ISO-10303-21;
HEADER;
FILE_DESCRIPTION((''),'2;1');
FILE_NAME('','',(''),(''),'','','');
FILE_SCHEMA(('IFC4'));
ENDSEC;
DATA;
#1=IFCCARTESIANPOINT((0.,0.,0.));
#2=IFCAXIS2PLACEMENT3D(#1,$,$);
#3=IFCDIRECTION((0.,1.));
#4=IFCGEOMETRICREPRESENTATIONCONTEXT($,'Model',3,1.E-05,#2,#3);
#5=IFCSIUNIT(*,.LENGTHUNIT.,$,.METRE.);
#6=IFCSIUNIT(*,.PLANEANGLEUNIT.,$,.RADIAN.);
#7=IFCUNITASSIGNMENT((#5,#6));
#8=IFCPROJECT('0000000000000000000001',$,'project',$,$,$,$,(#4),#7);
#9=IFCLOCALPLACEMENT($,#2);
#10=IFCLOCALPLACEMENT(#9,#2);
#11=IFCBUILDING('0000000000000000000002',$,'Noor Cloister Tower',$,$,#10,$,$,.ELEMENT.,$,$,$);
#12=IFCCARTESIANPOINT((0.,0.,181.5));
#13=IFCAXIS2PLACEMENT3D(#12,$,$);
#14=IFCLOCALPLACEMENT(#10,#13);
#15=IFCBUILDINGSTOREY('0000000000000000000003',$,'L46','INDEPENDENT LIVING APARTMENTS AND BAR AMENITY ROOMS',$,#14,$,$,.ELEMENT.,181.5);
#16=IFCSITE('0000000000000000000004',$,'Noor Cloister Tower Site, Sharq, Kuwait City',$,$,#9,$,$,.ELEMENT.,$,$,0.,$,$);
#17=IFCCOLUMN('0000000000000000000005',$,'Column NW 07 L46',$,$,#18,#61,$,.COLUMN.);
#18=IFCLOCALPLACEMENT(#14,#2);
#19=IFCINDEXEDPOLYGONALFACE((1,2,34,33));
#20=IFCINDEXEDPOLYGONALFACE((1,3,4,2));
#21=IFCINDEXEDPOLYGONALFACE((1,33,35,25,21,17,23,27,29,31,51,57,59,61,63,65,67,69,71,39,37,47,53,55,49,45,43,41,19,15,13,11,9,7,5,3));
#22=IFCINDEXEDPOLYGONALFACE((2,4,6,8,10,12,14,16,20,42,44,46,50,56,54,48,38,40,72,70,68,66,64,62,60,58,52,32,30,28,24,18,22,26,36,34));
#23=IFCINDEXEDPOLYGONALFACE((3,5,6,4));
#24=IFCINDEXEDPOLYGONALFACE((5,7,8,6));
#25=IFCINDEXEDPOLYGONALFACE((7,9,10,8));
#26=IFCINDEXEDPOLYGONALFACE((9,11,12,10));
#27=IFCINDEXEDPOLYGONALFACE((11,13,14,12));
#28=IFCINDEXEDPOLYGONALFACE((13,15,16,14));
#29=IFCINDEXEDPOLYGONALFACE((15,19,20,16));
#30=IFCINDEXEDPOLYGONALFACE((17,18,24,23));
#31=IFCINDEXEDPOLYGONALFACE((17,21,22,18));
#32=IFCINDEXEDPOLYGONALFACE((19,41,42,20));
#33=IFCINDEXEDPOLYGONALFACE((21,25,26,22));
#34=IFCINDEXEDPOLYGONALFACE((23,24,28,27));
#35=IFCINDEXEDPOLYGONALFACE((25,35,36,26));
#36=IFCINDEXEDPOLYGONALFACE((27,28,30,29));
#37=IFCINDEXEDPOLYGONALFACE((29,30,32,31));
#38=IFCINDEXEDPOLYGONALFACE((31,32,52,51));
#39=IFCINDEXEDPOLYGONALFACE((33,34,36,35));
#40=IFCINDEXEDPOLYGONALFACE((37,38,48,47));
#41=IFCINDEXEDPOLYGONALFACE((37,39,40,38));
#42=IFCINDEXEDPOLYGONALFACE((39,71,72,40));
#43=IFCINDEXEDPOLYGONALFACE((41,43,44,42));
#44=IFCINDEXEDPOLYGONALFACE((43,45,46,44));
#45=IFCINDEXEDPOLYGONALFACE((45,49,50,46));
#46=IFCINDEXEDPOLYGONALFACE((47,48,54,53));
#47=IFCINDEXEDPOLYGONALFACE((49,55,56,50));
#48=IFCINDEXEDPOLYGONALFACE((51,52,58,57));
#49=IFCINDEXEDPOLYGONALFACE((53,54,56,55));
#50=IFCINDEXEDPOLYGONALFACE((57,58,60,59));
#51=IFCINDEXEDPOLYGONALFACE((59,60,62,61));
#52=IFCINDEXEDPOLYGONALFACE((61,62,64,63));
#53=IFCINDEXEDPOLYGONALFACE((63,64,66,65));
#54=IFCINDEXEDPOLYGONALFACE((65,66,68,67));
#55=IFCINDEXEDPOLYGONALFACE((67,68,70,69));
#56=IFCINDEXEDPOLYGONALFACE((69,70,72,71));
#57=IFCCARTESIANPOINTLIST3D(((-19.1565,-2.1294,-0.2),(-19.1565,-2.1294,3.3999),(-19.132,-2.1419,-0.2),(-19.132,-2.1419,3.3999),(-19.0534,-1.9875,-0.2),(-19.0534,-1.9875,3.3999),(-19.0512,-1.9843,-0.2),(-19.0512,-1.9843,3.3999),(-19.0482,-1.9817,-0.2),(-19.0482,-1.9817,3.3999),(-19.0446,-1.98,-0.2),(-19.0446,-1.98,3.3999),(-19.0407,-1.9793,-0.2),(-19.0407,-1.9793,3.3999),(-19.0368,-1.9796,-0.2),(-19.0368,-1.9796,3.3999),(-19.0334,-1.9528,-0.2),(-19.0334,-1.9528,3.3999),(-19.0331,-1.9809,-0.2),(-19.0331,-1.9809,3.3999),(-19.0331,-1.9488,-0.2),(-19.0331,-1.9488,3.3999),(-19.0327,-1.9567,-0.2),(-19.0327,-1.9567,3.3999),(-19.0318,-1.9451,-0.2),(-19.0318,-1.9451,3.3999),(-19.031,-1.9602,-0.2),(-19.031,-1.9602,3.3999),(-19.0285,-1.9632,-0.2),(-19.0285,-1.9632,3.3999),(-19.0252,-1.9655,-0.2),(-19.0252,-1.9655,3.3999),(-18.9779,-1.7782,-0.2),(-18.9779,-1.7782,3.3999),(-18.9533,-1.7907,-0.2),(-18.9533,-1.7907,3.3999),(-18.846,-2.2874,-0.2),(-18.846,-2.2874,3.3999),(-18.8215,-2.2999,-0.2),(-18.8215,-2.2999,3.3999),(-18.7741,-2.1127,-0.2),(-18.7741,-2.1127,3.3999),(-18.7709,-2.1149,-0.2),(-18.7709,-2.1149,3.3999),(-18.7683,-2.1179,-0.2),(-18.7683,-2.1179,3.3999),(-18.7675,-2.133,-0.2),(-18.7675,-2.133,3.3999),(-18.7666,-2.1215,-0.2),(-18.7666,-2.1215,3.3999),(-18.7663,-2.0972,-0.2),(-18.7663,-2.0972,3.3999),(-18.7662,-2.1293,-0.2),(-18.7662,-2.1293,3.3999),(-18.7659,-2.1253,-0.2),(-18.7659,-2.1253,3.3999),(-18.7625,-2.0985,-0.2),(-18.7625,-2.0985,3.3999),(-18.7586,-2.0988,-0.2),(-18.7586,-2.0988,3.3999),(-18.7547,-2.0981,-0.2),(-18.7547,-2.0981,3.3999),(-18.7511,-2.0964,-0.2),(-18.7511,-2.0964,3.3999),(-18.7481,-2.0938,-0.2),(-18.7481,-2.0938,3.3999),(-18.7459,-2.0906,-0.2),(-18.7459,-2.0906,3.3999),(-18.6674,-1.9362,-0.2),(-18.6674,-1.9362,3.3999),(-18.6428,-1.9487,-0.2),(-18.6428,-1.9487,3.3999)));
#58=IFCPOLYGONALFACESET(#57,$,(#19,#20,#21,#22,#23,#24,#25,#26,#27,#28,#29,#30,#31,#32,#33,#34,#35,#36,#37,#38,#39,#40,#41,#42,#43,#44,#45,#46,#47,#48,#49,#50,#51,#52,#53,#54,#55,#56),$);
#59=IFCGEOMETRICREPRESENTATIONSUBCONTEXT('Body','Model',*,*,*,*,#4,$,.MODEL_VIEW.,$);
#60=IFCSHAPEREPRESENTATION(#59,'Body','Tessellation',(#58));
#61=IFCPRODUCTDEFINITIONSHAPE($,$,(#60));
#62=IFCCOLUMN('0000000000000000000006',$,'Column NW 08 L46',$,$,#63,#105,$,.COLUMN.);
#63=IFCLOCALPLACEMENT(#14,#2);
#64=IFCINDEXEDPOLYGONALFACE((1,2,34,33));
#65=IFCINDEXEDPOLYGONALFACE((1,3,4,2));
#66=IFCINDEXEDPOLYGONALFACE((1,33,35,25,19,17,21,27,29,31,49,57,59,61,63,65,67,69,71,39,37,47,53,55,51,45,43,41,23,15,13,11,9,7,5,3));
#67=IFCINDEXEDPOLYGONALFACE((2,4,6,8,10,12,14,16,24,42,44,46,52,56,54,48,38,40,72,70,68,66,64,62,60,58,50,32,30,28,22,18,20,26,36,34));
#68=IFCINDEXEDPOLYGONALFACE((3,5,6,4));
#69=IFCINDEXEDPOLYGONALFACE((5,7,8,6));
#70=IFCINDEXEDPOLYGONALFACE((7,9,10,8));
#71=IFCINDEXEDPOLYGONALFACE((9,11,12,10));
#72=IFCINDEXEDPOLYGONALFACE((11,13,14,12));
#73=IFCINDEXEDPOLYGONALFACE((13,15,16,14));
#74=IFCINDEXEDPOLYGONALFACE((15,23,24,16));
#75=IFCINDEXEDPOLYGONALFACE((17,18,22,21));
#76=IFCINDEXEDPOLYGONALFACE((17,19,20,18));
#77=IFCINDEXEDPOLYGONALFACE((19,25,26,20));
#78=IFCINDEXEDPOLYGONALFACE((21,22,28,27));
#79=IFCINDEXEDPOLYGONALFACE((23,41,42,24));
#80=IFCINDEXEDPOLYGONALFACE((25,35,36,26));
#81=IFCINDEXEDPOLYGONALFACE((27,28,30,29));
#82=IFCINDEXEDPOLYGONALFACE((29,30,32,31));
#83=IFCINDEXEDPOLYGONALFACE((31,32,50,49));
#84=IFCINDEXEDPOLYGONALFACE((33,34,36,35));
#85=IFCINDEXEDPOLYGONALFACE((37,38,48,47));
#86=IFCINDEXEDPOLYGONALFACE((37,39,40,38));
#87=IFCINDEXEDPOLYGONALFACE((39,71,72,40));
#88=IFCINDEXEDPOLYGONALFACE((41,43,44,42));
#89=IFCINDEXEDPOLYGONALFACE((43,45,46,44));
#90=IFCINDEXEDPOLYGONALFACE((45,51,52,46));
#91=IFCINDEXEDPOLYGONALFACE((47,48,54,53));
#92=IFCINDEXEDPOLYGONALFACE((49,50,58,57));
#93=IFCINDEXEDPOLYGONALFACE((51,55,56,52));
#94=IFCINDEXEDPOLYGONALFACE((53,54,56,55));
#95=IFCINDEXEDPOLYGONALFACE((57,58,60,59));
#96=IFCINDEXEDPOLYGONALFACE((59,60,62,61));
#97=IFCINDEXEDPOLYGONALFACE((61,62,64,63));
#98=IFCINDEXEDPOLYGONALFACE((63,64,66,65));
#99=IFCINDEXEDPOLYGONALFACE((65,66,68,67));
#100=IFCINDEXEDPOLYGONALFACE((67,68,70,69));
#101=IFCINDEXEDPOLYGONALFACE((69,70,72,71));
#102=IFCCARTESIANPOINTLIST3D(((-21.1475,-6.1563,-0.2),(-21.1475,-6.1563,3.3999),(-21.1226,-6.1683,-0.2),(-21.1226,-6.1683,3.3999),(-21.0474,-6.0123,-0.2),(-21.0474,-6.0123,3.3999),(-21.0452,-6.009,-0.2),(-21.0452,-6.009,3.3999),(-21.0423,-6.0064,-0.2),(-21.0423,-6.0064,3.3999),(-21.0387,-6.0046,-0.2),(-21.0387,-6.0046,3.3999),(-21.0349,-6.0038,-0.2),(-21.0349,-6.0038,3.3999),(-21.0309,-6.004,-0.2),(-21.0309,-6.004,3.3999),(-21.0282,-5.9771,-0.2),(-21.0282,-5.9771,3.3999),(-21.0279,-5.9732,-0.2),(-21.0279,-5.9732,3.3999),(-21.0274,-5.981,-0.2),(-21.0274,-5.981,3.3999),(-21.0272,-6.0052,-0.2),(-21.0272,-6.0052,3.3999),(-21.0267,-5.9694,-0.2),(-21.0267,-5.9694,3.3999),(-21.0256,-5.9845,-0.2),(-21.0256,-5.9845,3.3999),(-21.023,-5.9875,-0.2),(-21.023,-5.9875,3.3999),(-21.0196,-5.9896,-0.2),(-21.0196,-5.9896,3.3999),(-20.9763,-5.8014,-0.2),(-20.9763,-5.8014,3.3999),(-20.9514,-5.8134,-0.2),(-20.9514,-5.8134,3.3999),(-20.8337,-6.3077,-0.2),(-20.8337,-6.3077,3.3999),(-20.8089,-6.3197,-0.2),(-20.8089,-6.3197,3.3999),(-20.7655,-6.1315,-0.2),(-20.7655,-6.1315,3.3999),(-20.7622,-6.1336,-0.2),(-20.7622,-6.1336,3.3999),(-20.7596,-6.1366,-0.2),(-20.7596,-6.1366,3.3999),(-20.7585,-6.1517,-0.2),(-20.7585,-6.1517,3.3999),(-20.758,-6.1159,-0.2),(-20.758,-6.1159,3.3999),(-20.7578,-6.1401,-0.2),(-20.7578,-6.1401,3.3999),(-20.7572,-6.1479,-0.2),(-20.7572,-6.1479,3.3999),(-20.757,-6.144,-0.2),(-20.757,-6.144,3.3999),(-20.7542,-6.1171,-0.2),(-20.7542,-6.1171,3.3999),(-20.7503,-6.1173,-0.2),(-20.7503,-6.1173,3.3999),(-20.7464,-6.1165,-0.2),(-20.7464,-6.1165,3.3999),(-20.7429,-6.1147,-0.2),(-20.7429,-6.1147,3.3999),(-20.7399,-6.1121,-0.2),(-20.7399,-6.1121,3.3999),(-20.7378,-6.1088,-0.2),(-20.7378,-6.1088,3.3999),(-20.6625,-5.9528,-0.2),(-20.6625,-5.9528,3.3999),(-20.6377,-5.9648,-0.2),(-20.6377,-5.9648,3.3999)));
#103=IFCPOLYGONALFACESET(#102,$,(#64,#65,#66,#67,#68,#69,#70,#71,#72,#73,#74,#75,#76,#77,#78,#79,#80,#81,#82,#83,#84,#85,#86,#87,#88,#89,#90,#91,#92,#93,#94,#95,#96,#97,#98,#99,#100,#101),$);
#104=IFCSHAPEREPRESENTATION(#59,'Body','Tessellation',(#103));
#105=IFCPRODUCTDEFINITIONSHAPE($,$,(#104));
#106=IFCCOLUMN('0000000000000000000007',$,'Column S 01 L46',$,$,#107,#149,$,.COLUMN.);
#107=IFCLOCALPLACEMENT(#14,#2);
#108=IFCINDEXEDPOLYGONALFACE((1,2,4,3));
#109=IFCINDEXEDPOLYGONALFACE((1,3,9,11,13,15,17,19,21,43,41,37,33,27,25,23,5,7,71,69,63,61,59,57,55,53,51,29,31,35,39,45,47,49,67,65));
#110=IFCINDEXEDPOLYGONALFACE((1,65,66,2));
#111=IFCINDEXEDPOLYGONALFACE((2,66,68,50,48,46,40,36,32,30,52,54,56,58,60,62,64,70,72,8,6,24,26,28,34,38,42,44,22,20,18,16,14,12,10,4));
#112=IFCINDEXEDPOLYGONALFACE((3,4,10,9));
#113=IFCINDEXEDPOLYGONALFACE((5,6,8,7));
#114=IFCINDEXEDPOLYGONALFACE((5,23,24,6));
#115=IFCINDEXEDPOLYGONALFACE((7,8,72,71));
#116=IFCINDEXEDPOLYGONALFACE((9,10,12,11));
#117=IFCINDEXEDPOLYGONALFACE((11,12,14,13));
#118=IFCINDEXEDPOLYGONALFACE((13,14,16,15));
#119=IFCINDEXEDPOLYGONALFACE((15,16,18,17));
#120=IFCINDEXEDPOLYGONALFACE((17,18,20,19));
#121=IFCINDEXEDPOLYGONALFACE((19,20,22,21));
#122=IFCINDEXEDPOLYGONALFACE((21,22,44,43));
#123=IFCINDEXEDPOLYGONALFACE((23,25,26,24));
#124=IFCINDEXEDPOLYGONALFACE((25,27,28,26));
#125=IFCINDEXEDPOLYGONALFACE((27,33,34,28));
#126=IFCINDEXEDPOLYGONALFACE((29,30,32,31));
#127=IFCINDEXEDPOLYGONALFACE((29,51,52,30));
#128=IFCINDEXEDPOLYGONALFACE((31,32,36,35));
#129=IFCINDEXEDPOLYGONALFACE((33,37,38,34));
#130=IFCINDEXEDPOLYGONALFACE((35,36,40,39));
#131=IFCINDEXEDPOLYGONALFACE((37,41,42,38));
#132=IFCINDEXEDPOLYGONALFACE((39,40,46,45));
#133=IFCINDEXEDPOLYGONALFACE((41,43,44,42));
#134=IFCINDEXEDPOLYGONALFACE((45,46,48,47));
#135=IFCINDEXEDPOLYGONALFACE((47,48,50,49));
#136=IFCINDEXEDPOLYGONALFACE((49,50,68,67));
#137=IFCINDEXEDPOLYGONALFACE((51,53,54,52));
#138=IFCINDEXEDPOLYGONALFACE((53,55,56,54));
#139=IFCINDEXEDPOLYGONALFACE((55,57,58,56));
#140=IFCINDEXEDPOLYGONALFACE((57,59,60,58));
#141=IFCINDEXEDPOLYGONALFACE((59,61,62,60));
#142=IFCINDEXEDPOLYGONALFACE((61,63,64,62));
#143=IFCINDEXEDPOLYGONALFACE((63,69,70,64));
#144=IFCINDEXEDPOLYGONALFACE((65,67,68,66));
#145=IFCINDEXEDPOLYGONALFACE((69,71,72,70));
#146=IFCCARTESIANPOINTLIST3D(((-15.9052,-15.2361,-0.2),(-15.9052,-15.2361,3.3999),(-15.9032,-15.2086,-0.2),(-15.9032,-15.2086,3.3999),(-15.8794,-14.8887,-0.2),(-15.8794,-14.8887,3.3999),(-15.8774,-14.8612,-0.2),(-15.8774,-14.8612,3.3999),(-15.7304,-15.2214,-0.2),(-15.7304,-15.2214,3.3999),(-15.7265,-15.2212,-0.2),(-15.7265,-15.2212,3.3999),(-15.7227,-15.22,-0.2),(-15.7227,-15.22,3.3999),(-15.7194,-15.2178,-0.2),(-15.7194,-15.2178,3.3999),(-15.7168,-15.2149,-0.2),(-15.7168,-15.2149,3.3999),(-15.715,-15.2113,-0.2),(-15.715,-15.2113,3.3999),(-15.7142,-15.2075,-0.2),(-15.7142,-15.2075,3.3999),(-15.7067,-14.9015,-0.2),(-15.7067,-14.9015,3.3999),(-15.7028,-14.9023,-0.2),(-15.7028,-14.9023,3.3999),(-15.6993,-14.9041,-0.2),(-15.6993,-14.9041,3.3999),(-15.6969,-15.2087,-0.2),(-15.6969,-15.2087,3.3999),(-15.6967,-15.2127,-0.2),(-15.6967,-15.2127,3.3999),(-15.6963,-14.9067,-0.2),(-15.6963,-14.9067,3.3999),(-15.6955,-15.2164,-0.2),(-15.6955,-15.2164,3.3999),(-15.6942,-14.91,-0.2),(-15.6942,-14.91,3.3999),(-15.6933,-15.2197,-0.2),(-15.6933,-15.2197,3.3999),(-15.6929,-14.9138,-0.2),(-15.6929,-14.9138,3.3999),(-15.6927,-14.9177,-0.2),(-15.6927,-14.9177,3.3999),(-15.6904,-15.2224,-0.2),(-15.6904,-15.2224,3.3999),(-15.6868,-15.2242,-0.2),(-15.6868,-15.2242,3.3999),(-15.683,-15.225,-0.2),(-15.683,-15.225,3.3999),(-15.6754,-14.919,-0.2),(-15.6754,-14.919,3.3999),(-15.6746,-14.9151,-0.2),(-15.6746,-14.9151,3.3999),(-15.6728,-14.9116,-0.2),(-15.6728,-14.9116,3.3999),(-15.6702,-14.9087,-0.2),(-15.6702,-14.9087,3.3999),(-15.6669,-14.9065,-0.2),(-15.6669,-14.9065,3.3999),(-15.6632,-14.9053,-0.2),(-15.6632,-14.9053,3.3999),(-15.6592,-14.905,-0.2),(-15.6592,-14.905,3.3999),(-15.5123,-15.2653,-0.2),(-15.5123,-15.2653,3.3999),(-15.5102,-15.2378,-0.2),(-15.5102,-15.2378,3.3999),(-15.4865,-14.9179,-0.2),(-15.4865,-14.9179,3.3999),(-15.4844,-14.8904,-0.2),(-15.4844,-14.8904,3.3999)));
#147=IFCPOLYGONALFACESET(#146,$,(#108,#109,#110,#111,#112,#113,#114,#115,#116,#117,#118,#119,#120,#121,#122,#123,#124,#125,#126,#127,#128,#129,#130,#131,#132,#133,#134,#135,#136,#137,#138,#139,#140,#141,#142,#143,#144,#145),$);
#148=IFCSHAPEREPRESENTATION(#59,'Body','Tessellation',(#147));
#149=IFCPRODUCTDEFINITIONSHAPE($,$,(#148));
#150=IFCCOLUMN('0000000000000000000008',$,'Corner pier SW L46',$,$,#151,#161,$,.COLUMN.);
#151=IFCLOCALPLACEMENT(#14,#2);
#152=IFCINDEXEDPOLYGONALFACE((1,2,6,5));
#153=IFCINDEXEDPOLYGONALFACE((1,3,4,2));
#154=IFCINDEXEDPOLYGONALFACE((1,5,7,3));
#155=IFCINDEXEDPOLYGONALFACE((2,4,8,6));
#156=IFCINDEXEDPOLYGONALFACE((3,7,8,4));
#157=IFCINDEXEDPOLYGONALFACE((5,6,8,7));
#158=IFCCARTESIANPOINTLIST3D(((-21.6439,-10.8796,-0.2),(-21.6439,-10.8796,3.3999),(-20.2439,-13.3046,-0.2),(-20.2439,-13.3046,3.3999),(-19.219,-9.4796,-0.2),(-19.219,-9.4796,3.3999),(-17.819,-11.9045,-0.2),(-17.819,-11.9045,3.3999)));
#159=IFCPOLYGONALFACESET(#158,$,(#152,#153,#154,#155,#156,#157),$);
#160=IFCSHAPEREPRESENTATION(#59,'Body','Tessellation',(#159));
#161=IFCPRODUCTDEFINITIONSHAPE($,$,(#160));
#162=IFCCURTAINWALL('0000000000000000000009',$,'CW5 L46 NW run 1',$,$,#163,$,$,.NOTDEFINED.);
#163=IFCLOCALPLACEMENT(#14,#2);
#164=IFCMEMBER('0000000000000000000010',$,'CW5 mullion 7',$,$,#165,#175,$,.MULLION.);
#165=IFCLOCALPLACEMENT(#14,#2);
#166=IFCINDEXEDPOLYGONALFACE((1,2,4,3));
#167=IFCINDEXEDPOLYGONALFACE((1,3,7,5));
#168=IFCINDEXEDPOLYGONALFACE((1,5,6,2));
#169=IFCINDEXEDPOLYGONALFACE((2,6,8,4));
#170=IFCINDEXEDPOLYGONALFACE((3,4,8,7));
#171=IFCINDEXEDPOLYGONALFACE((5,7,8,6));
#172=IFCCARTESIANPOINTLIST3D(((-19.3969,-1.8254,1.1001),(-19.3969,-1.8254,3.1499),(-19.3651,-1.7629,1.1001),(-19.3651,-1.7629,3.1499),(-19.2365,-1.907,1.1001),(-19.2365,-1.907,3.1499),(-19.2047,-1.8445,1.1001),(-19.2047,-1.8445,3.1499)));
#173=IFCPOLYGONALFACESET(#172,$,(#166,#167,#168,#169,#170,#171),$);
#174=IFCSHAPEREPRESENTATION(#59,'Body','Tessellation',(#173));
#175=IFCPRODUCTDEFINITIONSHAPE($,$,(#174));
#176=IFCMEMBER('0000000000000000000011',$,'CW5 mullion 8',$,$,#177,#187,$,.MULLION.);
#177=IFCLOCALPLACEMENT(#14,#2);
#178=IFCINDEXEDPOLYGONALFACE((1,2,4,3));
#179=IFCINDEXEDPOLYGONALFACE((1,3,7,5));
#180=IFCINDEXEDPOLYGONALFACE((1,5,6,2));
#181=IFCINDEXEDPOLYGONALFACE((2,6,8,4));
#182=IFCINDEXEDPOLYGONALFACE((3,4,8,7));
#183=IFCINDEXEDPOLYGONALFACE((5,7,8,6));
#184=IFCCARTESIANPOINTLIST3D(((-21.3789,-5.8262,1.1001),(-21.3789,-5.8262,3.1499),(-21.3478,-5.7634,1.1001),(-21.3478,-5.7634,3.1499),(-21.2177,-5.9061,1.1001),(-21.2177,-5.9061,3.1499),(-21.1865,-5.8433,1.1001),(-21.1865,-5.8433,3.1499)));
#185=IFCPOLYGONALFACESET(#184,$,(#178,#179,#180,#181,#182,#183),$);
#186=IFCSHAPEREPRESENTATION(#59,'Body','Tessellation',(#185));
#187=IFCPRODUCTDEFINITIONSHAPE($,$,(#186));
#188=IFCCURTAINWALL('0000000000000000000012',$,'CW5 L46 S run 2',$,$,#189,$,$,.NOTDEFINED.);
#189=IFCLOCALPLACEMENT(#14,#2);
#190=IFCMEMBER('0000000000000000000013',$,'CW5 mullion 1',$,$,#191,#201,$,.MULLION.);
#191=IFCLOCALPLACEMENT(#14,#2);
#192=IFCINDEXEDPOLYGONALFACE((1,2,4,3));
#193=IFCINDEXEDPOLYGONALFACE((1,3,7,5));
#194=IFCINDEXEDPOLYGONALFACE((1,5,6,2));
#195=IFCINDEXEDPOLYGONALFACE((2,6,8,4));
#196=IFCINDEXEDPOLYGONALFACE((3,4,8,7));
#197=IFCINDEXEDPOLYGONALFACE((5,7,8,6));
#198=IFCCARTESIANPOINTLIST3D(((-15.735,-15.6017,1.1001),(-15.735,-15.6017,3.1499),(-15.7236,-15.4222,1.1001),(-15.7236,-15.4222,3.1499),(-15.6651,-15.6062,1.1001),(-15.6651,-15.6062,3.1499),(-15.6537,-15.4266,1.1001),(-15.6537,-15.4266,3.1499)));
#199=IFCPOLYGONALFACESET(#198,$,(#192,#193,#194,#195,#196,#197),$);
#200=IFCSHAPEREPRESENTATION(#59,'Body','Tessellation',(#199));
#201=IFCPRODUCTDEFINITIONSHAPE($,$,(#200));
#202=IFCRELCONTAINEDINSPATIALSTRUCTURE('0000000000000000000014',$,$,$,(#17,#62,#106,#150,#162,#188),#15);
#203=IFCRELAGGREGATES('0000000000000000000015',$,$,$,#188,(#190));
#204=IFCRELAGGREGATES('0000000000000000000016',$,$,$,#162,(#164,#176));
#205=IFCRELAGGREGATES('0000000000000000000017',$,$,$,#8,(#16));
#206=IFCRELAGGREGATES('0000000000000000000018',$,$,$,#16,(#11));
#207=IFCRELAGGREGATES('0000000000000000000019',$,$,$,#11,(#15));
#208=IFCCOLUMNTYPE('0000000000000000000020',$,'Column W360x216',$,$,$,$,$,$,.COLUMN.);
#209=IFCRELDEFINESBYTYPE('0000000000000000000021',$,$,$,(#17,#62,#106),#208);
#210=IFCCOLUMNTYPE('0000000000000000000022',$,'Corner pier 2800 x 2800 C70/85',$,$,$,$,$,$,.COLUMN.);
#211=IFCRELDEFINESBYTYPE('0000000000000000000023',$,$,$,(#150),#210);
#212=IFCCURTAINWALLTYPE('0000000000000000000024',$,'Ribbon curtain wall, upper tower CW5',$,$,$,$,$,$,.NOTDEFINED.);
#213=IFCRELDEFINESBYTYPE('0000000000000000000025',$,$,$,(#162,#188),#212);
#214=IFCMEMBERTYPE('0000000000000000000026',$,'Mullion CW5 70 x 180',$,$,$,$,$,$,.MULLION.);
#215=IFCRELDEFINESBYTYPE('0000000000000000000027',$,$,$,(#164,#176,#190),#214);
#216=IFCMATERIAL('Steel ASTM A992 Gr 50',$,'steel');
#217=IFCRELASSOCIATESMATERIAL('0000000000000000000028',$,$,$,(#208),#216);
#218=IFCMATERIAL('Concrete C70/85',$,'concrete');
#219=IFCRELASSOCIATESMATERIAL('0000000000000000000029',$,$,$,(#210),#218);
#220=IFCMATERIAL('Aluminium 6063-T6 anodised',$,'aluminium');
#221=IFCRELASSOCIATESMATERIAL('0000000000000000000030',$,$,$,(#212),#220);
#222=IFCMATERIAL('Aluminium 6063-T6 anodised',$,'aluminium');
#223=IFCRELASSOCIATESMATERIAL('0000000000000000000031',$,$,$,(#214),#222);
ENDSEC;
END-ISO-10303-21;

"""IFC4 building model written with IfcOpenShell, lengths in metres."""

from ifc_helpers import new_model, si_unit, direction, frame, origin, origin_2d, place, context, subcontext, project, spatial, rectangle, i_section, extrude, material, material_profile, profile_set, type_object, element, aggregate, save


model = new_model("IFC4")

# Units and contexts
model_context = context("Model", 3, precision=1e-05, world=origin(), true_north=direction((0.0, 1.0)))
body_context = subcontext(model_context, "Body", "Model", "MODEL_VIEW")
ifc_project = project(units=[si_unit("LENGTHUNIT", "METRE"), si_unit("PLANEANGLEUNIT", "RADIAN")], contexts=[model_context])

# Site, building, storey
site_placement = place(None, origin())
site = spatial("IfcSite", under=ifc_project, at=site_placement, Name="Noor Cloister Tower Site, Sharq, Kuwait City", CompositionType="ELEMENT", RefElevation=0.0)
building_placement = place(site_placement, origin())
building = spatial("IfcBuilding", under=site, at=building_placement, Name="Noor Cloister Tower", CompositionType="ELEMENT")
storey_placement = place(building_placement, frame((0.0, 0.0, 181.5)))
storey = spatial("IfcBuildingStorey", under=building, at=storey_placement, Name="L46", Description="INDEPENDENT LIVING APARTMENTS AND BAR AMENITY ROOMS", CompositionType="ELEMENT", Elevation=181.5)

# Columns
ifc_material_1 = material(Name="Steel ASTM A992 Gr 50", Category="steel")
ifc_material_profile_1 = material_profile(ifc_material_1, i_section(OverallWidth=0.394, OverallDepth=0.376, WebThickness=0.0173, FlangeThickness=0.0276, FilletRadius=0.0151, at=origin_2d()), Name="W360x216")
ifc_profile_set_1 = profile_set([ifc_material_profile_1], Name="Steel ASTM A992 Gr 50")
column_type_1 = type_object("IfcColumnType", Name="Column W360x216", PredefinedType="COLUMN", material=ifc_profile_set_1)
for number, where, z_axis, x_axis, name in (
    (1, (-18.8997, -2.0391, -0.2), (0.0, 0.0, 1.0), (-0.453461, -0.891276, 0.0), "Column NW 07 L46"),
    (2, (-20.8926, -6.0605, -0.2), (0.0, 0.0, 1.0), (-0.434482, -0.90068, 0.0), "Column NW 08 L46"),
    (3, (-15.6948, -15.0632, -0.2), (0.0, 0.0, 1.0), (0.997253, -0.074068, 0.0), "Column S 01 L46"),
):
    element("IfcColumn", number, at=place(storey_placement, frame(where, z_axis=z_axis, x_axis=x_axis)), inside=storey, type_object=column_type_1, Name=name, PredefinedType="COLUMN", context=body_context, shape_type="SweptSolid", body=[
        extrude(i_section(OverallWidth=0.394, OverallDepth=0.376, WebThickness=0.0173, FlangeThickness=0.0276, FilletRadius=0.0151, at=origin_2d()), origin(), (0.0, 0.0, 1.0), 3.5999),
    ])
ifc_material_2 = material(Name="Concrete C70/85", Category="concrete")
ifc_material_profile_2 = material_profile(ifc_material_2, rectangle(XDim=2.8, YDim=2.8, at=origin_2d()), Name="RC 2800x2800")
ifc_profile_set_2 = profile_set([ifc_material_profile_2], Name="Concrete C70/85")
column_type_2 = type_object("IfcColumnType", Name="Corner pier 2800 x 2800 C70/85", PredefinedType="COLUMN", material=ifc_profile_set_2)
column_placement = place(storey_placement, frame((-19.7314, -11.3921, -0.2), z_axis=(0.0, 0.0, 1.0), x_axis=(-0.866025, -0.5, 0.0)))
element("IfcColumn", 4, at=column_placement, inside=storey, type_object=column_type_2, Name="Corner pier SW L46", PredefinedType="COLUMN", context=body_context, shape_type="SweptSolid", body=[
    extrude(rectangle(XDim=2.8, YDim=2.8, at=origin_2d()), origin(), (0.0, 0.0, 1.0), 3.5999),
])

# Curtain wall, members
ifc_material_3 = material(Name="Aluminium 6063-T6 anodised", Category="aluminium")
curtain_wall_type = type_object("IfcCurtainWallType", Name="Ribbon curtain wall, upper tower CW5", PredefinedType="NOTDEFINED", material=ifc_material_3)
curtain_wall_1_placement = place(storey_placement, origin())
curtain_wall_1 = element("IfcCurtainWall", 5, at=curtain_wall_1_placement, inside=storey, type_object=curtain_wall_type, Name="CW5 L46 NW run 1", PredefinedType="NOTDEFINED")
ifc_material_4 = material(Name="Aluminium 6063-T6 anodised", Category="aluminium")
ifc_material_profile_3 = material_profile(ifc_material_4, rectangle(XDim=0.1799, YDim=0.0701, at=origin_2d()), Name="180 x 70 mullion")
ifc_profile_set_3 = profile_set([ifc_material_profile_3], Name="Aluminium 6063-T6 anodised")
member_type = type_object("IfcMemberType", Name="Mullion CW5 70 x 180", PredefinedType="MULLION", material=ifc_profile_set_3)
member_1_placement = place(storey_placement, frame((-19.3008, -1.835, 1.1001), z_axis=(0.0, 0.0, 1.0), x_axis=(0.891276, -0.453461, 0.0)))
member_1 = element("IfcMember", 6, at=member_1_placement, type_object=member_type, Name="CW5 mullion 7", PredefinedType="MULLION", context=body_context, shape_type="SweptSolid", body=[
    extrude(rectangle(XDim=0.1799, YDim=0.0701, at=origin_2d()), origin(), (0.0, 0.0, 1.0), 2.0498),
])
member_2_placement = place(storey_placement, frame((-21.2827, -5.8347, 1.1001), z_axis=(0.0, 0.0, 1.0), x_axis=(0.896029, -0.443997, 0.0)))
member_2 = element("IfcMember", 7, at=member_2_placement, type_object=member_type, Name="CW5 mullion 8", PredefinedType="MULLION", context=body_context, shape_type="SweptSolid", body=[
    extrude(rectangle(XDim=0.1799, YDim=0.0701, at=origin_2d()), origin(), (0.0, 0.0, 1.0), 2.0498),
])

# Curtain wall, member
curtain_wall_2_placement = place(storey_placement, origin())
curtain_wall_2 = element("IfcCurtainWall", 8, at=curtain_wall_2_placement, inside=storey, type_object=curtain_wall_type, Name="CW5 L46 S run 2", PredefinedType="NOTDEFINED")
member_3_placement = place(storey_placement, frame((-15.6943, -15.5142, 1.1001), z_axis=(0.0, 0.0, 1.0), x_axis=(0.063502, 0.997982, 0.0)))
member_3 = element("IfcMember", 9, at=member_3_placement, type_object=member_type, Name="CW5 mullion 1", PredefinedType="MULLION", context=body_context, shape_type="SweptSolid", body=[
    extrude(rectangle(XDim=0.1799, YDim=0.0701, at=origin_2d()), origin(), (0.0, 0.0, 1.0), 2.0498),
])
aggregate(curtain_wall_2, [member_3])

aggregate(curtain_wall_1, [member_1, member_2])

save(model, "model.ifc")
